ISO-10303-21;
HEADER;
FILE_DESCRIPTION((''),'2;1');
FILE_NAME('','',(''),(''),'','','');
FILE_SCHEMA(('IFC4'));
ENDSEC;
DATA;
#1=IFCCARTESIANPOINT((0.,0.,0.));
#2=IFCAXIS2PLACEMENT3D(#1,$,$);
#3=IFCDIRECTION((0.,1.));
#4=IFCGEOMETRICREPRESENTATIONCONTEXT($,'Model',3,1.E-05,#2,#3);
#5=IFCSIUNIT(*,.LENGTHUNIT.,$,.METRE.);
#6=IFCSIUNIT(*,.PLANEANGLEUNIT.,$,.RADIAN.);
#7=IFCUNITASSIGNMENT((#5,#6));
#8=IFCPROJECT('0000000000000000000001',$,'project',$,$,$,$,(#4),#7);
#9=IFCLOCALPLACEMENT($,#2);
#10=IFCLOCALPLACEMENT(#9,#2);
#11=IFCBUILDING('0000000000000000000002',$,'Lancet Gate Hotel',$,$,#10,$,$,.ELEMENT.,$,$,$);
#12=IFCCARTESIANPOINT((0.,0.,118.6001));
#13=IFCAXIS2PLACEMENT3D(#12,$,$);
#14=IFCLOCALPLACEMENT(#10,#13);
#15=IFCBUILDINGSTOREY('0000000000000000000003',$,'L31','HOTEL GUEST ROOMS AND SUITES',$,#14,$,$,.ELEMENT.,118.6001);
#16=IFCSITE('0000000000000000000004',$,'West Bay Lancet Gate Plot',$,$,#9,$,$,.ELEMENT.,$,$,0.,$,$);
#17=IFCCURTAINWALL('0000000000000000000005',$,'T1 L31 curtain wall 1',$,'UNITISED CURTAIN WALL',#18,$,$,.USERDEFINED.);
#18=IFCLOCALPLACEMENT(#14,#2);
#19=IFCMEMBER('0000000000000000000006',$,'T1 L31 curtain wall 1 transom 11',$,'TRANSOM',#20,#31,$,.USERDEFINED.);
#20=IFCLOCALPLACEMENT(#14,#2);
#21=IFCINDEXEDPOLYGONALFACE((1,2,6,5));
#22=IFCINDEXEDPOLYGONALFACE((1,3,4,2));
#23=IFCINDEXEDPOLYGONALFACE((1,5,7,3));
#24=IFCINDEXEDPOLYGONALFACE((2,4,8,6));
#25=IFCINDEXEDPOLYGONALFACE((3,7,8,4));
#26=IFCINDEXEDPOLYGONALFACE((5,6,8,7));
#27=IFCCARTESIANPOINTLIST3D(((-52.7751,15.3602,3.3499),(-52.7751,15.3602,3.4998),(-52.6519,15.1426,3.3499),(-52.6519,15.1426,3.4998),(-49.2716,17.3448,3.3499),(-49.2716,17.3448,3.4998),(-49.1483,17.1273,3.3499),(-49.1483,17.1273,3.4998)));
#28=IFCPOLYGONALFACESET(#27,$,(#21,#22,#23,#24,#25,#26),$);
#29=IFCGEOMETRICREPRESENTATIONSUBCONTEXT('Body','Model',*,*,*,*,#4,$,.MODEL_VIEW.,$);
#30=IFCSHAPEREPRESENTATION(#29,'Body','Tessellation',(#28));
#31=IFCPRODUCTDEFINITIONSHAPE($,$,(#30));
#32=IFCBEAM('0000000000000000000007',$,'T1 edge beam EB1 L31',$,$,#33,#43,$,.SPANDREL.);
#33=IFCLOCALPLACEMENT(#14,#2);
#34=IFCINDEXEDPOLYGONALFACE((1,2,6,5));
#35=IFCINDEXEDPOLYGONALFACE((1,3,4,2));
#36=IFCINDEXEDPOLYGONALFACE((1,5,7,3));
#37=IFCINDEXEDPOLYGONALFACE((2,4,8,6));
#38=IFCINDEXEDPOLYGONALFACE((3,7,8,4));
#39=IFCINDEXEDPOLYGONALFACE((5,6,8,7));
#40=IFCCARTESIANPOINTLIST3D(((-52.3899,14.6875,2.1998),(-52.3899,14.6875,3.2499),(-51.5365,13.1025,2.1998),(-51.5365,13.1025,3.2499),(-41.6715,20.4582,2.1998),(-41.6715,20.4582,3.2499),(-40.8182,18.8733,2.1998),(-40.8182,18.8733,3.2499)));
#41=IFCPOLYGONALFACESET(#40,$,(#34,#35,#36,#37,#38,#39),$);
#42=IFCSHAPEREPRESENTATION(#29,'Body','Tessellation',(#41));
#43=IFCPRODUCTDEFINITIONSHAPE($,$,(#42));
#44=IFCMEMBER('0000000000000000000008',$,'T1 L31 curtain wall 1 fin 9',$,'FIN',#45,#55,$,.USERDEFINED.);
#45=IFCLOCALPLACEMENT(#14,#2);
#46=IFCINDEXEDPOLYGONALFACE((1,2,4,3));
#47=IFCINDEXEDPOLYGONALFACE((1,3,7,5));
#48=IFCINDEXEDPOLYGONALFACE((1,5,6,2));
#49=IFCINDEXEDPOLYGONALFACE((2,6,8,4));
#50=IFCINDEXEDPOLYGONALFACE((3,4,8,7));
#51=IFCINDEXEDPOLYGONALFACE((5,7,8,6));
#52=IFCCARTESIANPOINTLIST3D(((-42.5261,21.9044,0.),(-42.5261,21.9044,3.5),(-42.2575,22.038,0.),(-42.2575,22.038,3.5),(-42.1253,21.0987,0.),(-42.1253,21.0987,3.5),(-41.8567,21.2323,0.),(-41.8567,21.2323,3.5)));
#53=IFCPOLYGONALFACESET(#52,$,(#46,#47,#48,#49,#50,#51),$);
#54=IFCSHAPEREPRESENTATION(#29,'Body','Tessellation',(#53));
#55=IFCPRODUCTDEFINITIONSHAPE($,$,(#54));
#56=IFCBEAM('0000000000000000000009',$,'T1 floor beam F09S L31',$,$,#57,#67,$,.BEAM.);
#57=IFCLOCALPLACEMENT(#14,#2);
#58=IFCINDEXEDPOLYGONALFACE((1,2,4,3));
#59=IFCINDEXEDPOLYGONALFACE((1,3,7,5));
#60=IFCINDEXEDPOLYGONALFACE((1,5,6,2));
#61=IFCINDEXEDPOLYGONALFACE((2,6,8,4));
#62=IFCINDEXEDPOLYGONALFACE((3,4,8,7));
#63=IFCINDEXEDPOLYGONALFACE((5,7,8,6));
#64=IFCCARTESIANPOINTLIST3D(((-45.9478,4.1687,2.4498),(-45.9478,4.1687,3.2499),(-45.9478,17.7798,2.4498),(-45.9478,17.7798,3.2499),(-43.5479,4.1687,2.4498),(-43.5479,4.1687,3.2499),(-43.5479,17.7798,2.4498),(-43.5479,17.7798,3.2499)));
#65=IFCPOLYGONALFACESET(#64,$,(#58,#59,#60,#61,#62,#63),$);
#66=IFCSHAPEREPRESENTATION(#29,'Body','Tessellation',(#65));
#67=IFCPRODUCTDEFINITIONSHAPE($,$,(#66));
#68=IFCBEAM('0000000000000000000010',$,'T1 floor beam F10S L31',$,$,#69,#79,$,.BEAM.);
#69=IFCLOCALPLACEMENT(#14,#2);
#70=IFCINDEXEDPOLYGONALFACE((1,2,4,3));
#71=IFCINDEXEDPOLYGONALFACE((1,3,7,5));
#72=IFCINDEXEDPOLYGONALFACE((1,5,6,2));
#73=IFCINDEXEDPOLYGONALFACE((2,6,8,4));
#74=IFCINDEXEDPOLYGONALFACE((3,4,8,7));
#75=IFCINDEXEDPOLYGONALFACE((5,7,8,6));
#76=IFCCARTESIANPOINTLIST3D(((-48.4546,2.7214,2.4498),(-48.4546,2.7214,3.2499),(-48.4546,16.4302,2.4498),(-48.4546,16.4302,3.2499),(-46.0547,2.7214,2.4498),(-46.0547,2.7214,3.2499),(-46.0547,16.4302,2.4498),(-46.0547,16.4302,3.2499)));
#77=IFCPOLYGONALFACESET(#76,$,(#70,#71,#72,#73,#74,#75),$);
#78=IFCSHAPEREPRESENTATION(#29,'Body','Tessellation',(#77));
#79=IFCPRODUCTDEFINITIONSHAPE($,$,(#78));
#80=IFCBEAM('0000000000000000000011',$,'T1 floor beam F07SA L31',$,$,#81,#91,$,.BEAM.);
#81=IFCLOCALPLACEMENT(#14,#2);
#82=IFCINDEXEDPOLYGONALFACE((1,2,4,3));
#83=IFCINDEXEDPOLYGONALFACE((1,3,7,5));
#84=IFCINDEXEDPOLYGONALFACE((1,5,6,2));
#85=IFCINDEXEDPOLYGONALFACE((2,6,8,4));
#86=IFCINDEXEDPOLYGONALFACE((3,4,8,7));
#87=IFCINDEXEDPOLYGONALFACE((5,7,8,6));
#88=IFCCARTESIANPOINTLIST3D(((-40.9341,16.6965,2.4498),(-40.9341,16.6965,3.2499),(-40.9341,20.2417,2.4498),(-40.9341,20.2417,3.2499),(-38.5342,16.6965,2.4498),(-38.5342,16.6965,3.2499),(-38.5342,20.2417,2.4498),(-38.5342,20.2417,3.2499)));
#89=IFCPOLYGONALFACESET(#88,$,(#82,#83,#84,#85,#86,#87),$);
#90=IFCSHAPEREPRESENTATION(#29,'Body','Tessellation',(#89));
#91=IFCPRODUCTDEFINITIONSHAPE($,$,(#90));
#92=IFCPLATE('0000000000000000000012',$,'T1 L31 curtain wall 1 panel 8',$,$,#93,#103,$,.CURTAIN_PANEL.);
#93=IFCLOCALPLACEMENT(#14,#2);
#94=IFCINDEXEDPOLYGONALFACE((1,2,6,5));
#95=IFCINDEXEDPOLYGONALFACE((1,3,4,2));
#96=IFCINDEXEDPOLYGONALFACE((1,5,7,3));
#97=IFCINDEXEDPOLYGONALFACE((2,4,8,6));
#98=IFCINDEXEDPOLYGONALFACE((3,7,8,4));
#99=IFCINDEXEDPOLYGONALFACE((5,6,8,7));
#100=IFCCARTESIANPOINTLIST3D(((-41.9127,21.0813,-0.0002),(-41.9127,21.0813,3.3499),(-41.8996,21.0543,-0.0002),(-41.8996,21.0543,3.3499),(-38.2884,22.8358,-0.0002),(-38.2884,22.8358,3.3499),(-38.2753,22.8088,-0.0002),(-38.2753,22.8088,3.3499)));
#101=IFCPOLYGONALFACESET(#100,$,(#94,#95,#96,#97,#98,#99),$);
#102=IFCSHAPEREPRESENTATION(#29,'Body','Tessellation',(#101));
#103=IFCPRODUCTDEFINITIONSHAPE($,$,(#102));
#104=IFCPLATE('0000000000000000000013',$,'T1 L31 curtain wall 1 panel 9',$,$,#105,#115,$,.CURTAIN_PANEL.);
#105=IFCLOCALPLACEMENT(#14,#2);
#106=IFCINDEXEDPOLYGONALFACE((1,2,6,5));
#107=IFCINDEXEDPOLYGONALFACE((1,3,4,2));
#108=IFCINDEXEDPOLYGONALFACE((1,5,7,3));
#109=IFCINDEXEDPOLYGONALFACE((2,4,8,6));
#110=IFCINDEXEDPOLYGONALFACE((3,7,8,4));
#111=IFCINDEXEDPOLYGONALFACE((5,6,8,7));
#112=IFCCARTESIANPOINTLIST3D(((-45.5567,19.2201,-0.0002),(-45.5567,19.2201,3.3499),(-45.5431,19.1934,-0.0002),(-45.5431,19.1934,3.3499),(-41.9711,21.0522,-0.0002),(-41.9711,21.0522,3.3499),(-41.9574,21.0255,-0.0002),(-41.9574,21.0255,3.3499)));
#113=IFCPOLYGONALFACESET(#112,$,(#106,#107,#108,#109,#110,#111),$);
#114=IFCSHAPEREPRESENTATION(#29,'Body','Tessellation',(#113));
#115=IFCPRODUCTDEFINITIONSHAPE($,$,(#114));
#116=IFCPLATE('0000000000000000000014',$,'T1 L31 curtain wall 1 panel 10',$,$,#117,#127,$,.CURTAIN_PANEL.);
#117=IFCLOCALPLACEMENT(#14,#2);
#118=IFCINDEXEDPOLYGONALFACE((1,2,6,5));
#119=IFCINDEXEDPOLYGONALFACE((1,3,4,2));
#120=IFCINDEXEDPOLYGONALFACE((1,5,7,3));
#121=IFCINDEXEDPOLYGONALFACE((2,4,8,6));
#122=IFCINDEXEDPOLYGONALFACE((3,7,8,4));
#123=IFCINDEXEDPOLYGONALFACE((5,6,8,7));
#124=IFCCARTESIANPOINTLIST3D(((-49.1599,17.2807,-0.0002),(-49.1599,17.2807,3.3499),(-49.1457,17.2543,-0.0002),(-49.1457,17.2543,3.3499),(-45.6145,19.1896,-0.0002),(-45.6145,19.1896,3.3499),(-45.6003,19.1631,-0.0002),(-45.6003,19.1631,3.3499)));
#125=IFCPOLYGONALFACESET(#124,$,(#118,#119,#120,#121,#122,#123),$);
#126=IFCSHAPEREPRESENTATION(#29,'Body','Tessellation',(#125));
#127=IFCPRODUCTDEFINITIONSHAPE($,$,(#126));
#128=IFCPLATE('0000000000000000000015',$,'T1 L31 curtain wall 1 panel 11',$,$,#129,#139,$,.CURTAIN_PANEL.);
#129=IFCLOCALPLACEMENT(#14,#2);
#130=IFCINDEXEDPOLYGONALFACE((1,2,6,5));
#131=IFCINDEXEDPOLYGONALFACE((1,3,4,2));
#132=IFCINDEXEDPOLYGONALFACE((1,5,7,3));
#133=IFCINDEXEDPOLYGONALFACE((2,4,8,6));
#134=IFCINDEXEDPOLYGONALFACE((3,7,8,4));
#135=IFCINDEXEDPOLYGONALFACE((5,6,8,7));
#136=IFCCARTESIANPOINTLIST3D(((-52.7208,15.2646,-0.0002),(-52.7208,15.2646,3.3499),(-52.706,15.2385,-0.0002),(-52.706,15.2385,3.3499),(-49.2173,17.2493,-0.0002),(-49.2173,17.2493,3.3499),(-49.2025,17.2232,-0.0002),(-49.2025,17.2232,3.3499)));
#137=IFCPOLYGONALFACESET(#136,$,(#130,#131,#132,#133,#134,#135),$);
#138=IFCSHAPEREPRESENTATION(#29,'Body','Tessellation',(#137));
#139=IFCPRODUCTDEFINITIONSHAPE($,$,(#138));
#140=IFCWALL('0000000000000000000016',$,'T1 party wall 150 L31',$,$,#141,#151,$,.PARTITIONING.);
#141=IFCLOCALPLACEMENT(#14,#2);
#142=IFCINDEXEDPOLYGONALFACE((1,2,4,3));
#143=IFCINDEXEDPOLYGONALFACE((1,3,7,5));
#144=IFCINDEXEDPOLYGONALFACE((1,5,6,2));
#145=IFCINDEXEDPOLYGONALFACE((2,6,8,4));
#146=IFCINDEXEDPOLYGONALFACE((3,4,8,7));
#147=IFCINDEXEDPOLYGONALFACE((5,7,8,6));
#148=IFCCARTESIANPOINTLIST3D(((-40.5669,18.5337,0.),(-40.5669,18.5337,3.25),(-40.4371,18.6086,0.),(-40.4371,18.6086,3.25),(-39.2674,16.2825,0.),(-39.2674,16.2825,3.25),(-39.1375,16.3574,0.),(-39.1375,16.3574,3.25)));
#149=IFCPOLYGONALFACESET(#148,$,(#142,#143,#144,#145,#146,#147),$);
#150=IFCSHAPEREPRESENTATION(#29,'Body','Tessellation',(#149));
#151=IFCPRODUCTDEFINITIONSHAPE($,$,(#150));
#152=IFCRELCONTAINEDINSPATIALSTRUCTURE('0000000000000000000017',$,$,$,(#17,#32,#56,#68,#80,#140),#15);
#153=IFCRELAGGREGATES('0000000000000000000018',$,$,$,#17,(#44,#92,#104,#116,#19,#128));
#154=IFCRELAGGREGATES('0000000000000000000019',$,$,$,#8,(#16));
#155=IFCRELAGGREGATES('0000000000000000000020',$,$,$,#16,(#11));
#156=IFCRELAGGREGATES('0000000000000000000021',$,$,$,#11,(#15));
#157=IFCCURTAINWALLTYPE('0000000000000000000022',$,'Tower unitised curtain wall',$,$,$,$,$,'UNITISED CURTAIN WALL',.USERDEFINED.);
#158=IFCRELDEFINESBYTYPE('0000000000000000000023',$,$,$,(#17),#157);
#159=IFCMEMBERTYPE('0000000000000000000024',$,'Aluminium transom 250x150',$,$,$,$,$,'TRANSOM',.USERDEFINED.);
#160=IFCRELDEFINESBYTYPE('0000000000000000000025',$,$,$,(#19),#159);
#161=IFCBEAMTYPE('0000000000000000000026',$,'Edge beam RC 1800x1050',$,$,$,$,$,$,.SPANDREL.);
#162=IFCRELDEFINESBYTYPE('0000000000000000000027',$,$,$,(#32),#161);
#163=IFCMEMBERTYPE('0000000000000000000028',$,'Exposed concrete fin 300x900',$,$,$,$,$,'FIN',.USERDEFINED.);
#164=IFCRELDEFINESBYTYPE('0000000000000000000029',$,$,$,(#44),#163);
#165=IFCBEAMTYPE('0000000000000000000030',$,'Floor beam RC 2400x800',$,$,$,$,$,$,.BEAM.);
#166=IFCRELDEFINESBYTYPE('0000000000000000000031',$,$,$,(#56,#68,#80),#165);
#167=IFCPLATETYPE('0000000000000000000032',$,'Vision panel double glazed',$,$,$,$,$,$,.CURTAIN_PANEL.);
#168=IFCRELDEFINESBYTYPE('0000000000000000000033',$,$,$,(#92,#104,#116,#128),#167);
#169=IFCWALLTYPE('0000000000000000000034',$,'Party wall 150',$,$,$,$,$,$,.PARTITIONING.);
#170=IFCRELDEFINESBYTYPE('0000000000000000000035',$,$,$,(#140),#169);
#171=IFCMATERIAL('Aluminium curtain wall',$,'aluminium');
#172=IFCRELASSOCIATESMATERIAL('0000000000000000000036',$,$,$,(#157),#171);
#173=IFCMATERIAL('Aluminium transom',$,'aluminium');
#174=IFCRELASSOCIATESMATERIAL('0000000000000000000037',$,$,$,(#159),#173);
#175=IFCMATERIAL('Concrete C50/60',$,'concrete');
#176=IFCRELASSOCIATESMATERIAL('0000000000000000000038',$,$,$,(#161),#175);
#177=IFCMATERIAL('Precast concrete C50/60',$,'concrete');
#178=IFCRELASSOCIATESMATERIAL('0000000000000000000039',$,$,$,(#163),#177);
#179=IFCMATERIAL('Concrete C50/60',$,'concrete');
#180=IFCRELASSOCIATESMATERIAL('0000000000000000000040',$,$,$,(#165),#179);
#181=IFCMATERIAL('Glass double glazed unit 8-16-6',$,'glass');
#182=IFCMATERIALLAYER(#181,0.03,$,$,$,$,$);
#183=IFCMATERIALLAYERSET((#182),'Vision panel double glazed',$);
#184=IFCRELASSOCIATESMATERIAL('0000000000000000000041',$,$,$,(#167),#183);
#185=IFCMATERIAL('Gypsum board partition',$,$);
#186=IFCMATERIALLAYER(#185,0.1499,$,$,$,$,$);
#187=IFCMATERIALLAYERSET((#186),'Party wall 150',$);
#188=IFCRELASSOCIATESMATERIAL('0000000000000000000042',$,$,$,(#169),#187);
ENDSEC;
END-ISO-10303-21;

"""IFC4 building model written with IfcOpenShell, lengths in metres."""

from ifc_helpers import new_model, si_unit, direction, frame, frame_2d, origin, origin_2d, place, context, subcontext, project, spatial, rectangle, extrude, material, layer, layer_set, material_profile, profile_set, type_object, element, aggregate, save


model = new_model("IFC4")

# Units and contexts
model_context = context("Model", 3, precision=1e-05, world=origin(), true_north=direction((0.0, 1.0)))
body_context = subcontext(model_context, "Body", "Model", "MODEL_VIEW")
ifc_project = project(units=[si_unit("LENGTHUNIT", "METRE"), si_unit("PLANEANGLEUNIT", "RADIAN")], contexts=[model_context])

# Site, building, storey
site_placement = place(None, origin())
site = spatial("IfcSite", under=ifc_project, at=site_placement, Name="West Bay Lancet Gate Plot", CompositionType="ELEMENT", RefElevation=0.0)
building_placement = place(site_placement, origin())
building = spatial("IfcBuilding", under=site, at=building_placement, Name="Lancet Gate Hotel", CompositionType="ELEMENT")
storey_placement = place(building_placement, frame((0.0, 0.0, 118.6001)))
storey = spatial("IfcBuildingStorey", under=building, at=storey_placement, Name="L31", Description="HOTEL GUEST ROOMS AND SUITES", CompositionType="ELEMENT", Elevation=118.6001)

# Curtain wall, member
ifc_material_1 = material(Name="Aluminium curtain wall", Category="aluminium")
curtain_wall_type = type_object("IfcCurtainWallType", Name="Tower unitised curtain wall", ElementType="UNITISED CURTAIN WALL", PredefinedType="USERDEFINED", material=ifc_material_1)
curtain_wall_placement = place(storey_placement, origin())
curtain_wall = element("IfcCurtainWall", 1, at=curtain_wall_placement, inside=storey, type_object=curtain_wall_type, Name="T1 L31 curtain wall 1", ObjectType="UNITISED CURTAIN WALL", PredefinedType="USERDEFINED")
ifc_material_2 = material(Name="Aluminium transom", Category="aluminium")
ifc_material_profile_1 = material_profile(ifc_material_2, rectangle(XDim=0.25, YDim=0.1499, at=origin_2d()), Name="TRANSOM 250x150")
ifc_profile_set_1 = profile_set([ifc_material_profile_1], Name="Aluminium transom")
member_type_1 = type_object("IfcMemberType", Name="Aluminium transom 250x150", ElementType="TRANSOM", PredefinedType="USERDEFINED", material=ifc_profile_set_1)
member_1_placement = place(storey_placement, frame((-49.21, 17.2361, 3.4248), z_axis=(-0.870092, -0.49289, 0.0), x_axis=(0.49289, -0.870092, 0.0)))
member_1 = element("IfcMember", 2, at=member_1_placement, type_object=member_type_1, Name="T1 L31 curtain wall 1 transom 11", ObjectType="TRANSOM", PredefinedType="USERDEFINED", context=body_context, shape_type="SweptSolid", body=[
    extrude(rectangle(XDim=0.25, YDim=0.1499, at=origin_2d()), origin(), (0.0, 0.0, 1.0), 4.0266),
])

# Beam
ifc_material_3 = material(Name="Concrete C50/60", Category="concrete")
ifc_material_profile_2 = material_profile(ifc_material_3, rectangle(XDim=1.8, YDim=1.05, at=origin_2d()), Name="RC 1800x1050")
ifc_profile_set_2 = profile_set([ifc_material_profile_2], Name="Concrete C50/60")
beam_type_1 = type_object("IfcBeamType", Name="Edge beam RC 1800x1050", PredefinedType="SPANDREL", material=ifc_profile_set_2)
beam_1_placement = place(storey_placement, frame((-41.2449, 19.6658, 2.7249), z_axis=(-0.880492, -0.47406, 0.0), x_axis=(0.47406, -0.880492, 0.0)))
element("IfcBeam", 3, at=beam_1_placement, inside=storey, type_object=beam_type_1, Name="T1 edge beam EB1 L31", PredefinedType="SPANDREL", context=body_context, shape_type="SweptSolid", body=[
    extrude(rectangle(XDim=1.8, YDim=1.05, at=origin_2d()), origin(), (0.0, 0.0, 1.0), 12.1731),
])

# Member
ifc_material_4 = material(Name="Precast concrete C50/60", Category="concrete")
ifc_material_profile_3 = material_profile(ifc_material_4, rectangle(XDim=0.3, YDim=0.8999, at=origin_2d()), Name="FIN 300x900")
ifc_profile_set_3 = profile_set([ifc_material_profile_3], Name="Precast concrete C50/60")
member_type_2 = type_object("IfcMemberType", Name="Exposed concrete fin 300x900", ElementType="FIN", PredefinedType="USERDEFINED", material=ifc_profile_set_3)
member_2_placement = place(storey_placement, frame((-42.1914, 21.5684, 0.0), z_axis=(0.0, 0.0, 1.0), x_axis=(-0.895339, -0.445384, 0.0)))
member_2 = element("IfcMember", 4, at=member_2_placement, type_object=member_type_2, Name="T1 L31 curtain wall 1 fin 9", ObjectType="FIN", PredefinedType="USERDEFINED", context=body_context, shape_type="SweptSolid", body=[
    extrude(rectangle(XDim=0.3, YDim=0.8999, at=origin_2d()), origin(), (0.0, 0.0, 1.0), 3.5),
])

# Beams
ifc_material_5 = material(Name="Concrete C50/60", Category="concrete")
ifc_material_profile_4 = material_profile(ifc_material_5, rectangle(XDim=2.3999, YDim=0.8, at=origin_2d()), Name="RC 2400x800")
ifc_profile_set_4 = profile_set([ifc_material_profile_4], Name="Concrete C50/60")
beam_type_2 = type_object("IfcBeamType", Name="Floor beam RC 2400x800", PredefinedType="BEAM", material=ifc_profile_set_4)
beam_2_placement = place(storey_placement, frame((-44.7478, 17.7798, 2.8499), z_axis=(0.0, -1.0, 0.0), x_axis=(1.0, 0.0, 0.0)))
element("IfcBeam", 5, at=beam_2_placement, inside=storey, type_object=beam_type_2, Name="T1 floor beam F09S L31", PredefinedType="BEAM", context=body_context, shape_type="SweptSolid", body=[
    extrude(rectangle(XDim=2.3999, YDim=0.8, at=origin_2d()), origin(), (0.0, 0.0, 1.0), 13.6111),
])
beam_3_placement = place(storey_placement, frame((-47.2546, 16.4302, 2.8499), z_axis=(0.0, -1.0, 0.0), x_axis=(1.0, 0.0, 0.0)))
element("IfcBeam", 6, at=beam_3_placement, inside=storey, type_object=beam_type_2, Name="T1 floor beam F10S L31", PredefinedType="BEAM", context=body_context, shape_type="SweptSolid", body=[
    extrude(rectangle(XDim=2.3999, YDim=0.8, at=origin_2d()), origin(), (0.0, 0.0, 1.0), 13.7087),
])
beam_4_placement = place(storey_placement, frame((-39.7341, 20.2417, 2.8499), z_axis=(0.0, -1.0, 0.0), x_axis=(1.0, 0.0, 0.0)))
element("IfcBeam", 7, at=beam_4_placement, inside=storey, type_object=beam_type_2, Name="T1 floor beam F07SA L31", PredefinedType="BEAM", context=body_context, shape_type="SweptSolid", body=[
    extrude(rectangle(XDim=2.3999, YDim=0.8, at=origin_2d()), origin(), (0.0, 0.0, 1.0), 3.5452),
])

# Plates
ifc_material_6 = material(Name="Glass double glazed unit 8-16-6", Category="glass")
ifc_layer_1 = layer(ifc_material_6, 0.03)
ifc_layer_set_1 = layer_set([ifc_layer_1], Name="Vision panel double glazed")
plate_type = type_object("IfcPlateType", Name="Vision panel double glazed", PredefinedType="CURTAIN_PANEL", material=ifc_layer_set_1)
plate_1_placement = place(storey_placement, frame((-40.094, 21.9451, -0.0002), z_axis=(0.0, 0.0, 1.0), x_axis=(-0.900082, -0.435721, 0.0)))
plate_1 = element("IfcPlate", 8, at=plate_1_placement, type_object=plate_type, Name="T1 L31 curtain wall 1 panel 8", PredefinedType="CURTAIN_PANEL", context=body_context, shape_type="SweptSolid", body=[
    extrude(rectangle(XDim=4.0266, YDim=0.03, at=origin_2d()), origin(), (0.0, 0.0, 1.0), 3.3501),
])
plate_2_placement = place(storey_placement, frame((-43.7571, 20.1228, -0.0002), z_axis=(0.0, 0.0, 1.0), x_axis=(-0.890493, -0.454996, 0.0)))
plate_2 = element("IfcPlate", 9, at=plate_2_placement, type_object=plate_type, Name="T1 L31 curtain wall 1 panel 9", PredefinedType="CURTAIN_PANEL", context=body_context, shape_type="SweptSolid", body=[
    extrude(rectangle(XDim=4.0266, YDim=0.03, at=origin_2d()), origin(), (0.0, 0.0, 1.0), 3.3501),
])
plate_3_placement = place(storey_placement, frame((-47.3801, 18.2219, -0.0002), z_axis=(0.0, 0.0, 1.0), x_axis=(-0.880493, -0.47406, 0.0)))
plate_3 = element("IfcPlate", 10, at=plate_3_placement, type_object=plate_type, Name="T1 L31 curtain wall 1 panel 10", PredefinedType="CURTAIN_PANEL", context=body_context, shape_type="SweptSolid", body=[
    extrude(rectangle(XDim=4.0266, YDim=0.03, at=origin_2d()), origin(), (0.0, 0.0, 1.0), 3.3501),
])
plate_4_placement = place(storey_placement, frame((-50.9617, 16.2439, -0.0002), z_axis=(0.0, 0.0, 1.0), x_axis=(-0.870084, -0.492904, 0.0)))
plate_4 = element("IfcPlate", 11, at=plate_4_placement, type_object=plate_type, Name="T1 L31 curtain wall 1 panel 11", PredefinedType="CURTAIN_PANEL", context=body_context, shape_type="SweptSolid", body=[
    extrude(rectangle(XDim=4.0266, YDim=0.03, at=origin_2d()), origin(), (0.0, 0.0, 1.0), 3.3501),
])
aggregate(curtain_wall, [member_2, plate_1, plate_2, plate_3, member_1, plate_4])

# Wall
ifc_material_7 = material(Name="Gypsum board partition")
ifc_layer_2 = layer(ifc_material_7, 0.1499)
ifc_layer_set_2 = layer_set([ifc_layer_2], Name="Party wall 150")
wall_type = type_object("IfcWallType", Name="Party wall 150", PredefinedType="PARTITIONING", material=ifc_layer_set_2)
wall_placement = place(storey_placement, frame((-39.2024, 16.3198, 0.0), z_axis=(0.0, 0.0, 1.0), x_axis=(-0.499947, 0.866056, 0.0)))
element("IfcWall", 12, at=wall_placement, inside=storey, type_object=wall_type, Name="T1 party wall 150 L31", PredefinedType="PARTITIONING", context=body_context, shape_type="SweptSolid", body=[
    extrude(rectangle(XDim=2.5994, YDim=0.1499, at=frame_2d((1.2998, 0.0))), origin(), (0.0, 0.0, 1.0), 3.25),
])

save(model, "model.ifc")
